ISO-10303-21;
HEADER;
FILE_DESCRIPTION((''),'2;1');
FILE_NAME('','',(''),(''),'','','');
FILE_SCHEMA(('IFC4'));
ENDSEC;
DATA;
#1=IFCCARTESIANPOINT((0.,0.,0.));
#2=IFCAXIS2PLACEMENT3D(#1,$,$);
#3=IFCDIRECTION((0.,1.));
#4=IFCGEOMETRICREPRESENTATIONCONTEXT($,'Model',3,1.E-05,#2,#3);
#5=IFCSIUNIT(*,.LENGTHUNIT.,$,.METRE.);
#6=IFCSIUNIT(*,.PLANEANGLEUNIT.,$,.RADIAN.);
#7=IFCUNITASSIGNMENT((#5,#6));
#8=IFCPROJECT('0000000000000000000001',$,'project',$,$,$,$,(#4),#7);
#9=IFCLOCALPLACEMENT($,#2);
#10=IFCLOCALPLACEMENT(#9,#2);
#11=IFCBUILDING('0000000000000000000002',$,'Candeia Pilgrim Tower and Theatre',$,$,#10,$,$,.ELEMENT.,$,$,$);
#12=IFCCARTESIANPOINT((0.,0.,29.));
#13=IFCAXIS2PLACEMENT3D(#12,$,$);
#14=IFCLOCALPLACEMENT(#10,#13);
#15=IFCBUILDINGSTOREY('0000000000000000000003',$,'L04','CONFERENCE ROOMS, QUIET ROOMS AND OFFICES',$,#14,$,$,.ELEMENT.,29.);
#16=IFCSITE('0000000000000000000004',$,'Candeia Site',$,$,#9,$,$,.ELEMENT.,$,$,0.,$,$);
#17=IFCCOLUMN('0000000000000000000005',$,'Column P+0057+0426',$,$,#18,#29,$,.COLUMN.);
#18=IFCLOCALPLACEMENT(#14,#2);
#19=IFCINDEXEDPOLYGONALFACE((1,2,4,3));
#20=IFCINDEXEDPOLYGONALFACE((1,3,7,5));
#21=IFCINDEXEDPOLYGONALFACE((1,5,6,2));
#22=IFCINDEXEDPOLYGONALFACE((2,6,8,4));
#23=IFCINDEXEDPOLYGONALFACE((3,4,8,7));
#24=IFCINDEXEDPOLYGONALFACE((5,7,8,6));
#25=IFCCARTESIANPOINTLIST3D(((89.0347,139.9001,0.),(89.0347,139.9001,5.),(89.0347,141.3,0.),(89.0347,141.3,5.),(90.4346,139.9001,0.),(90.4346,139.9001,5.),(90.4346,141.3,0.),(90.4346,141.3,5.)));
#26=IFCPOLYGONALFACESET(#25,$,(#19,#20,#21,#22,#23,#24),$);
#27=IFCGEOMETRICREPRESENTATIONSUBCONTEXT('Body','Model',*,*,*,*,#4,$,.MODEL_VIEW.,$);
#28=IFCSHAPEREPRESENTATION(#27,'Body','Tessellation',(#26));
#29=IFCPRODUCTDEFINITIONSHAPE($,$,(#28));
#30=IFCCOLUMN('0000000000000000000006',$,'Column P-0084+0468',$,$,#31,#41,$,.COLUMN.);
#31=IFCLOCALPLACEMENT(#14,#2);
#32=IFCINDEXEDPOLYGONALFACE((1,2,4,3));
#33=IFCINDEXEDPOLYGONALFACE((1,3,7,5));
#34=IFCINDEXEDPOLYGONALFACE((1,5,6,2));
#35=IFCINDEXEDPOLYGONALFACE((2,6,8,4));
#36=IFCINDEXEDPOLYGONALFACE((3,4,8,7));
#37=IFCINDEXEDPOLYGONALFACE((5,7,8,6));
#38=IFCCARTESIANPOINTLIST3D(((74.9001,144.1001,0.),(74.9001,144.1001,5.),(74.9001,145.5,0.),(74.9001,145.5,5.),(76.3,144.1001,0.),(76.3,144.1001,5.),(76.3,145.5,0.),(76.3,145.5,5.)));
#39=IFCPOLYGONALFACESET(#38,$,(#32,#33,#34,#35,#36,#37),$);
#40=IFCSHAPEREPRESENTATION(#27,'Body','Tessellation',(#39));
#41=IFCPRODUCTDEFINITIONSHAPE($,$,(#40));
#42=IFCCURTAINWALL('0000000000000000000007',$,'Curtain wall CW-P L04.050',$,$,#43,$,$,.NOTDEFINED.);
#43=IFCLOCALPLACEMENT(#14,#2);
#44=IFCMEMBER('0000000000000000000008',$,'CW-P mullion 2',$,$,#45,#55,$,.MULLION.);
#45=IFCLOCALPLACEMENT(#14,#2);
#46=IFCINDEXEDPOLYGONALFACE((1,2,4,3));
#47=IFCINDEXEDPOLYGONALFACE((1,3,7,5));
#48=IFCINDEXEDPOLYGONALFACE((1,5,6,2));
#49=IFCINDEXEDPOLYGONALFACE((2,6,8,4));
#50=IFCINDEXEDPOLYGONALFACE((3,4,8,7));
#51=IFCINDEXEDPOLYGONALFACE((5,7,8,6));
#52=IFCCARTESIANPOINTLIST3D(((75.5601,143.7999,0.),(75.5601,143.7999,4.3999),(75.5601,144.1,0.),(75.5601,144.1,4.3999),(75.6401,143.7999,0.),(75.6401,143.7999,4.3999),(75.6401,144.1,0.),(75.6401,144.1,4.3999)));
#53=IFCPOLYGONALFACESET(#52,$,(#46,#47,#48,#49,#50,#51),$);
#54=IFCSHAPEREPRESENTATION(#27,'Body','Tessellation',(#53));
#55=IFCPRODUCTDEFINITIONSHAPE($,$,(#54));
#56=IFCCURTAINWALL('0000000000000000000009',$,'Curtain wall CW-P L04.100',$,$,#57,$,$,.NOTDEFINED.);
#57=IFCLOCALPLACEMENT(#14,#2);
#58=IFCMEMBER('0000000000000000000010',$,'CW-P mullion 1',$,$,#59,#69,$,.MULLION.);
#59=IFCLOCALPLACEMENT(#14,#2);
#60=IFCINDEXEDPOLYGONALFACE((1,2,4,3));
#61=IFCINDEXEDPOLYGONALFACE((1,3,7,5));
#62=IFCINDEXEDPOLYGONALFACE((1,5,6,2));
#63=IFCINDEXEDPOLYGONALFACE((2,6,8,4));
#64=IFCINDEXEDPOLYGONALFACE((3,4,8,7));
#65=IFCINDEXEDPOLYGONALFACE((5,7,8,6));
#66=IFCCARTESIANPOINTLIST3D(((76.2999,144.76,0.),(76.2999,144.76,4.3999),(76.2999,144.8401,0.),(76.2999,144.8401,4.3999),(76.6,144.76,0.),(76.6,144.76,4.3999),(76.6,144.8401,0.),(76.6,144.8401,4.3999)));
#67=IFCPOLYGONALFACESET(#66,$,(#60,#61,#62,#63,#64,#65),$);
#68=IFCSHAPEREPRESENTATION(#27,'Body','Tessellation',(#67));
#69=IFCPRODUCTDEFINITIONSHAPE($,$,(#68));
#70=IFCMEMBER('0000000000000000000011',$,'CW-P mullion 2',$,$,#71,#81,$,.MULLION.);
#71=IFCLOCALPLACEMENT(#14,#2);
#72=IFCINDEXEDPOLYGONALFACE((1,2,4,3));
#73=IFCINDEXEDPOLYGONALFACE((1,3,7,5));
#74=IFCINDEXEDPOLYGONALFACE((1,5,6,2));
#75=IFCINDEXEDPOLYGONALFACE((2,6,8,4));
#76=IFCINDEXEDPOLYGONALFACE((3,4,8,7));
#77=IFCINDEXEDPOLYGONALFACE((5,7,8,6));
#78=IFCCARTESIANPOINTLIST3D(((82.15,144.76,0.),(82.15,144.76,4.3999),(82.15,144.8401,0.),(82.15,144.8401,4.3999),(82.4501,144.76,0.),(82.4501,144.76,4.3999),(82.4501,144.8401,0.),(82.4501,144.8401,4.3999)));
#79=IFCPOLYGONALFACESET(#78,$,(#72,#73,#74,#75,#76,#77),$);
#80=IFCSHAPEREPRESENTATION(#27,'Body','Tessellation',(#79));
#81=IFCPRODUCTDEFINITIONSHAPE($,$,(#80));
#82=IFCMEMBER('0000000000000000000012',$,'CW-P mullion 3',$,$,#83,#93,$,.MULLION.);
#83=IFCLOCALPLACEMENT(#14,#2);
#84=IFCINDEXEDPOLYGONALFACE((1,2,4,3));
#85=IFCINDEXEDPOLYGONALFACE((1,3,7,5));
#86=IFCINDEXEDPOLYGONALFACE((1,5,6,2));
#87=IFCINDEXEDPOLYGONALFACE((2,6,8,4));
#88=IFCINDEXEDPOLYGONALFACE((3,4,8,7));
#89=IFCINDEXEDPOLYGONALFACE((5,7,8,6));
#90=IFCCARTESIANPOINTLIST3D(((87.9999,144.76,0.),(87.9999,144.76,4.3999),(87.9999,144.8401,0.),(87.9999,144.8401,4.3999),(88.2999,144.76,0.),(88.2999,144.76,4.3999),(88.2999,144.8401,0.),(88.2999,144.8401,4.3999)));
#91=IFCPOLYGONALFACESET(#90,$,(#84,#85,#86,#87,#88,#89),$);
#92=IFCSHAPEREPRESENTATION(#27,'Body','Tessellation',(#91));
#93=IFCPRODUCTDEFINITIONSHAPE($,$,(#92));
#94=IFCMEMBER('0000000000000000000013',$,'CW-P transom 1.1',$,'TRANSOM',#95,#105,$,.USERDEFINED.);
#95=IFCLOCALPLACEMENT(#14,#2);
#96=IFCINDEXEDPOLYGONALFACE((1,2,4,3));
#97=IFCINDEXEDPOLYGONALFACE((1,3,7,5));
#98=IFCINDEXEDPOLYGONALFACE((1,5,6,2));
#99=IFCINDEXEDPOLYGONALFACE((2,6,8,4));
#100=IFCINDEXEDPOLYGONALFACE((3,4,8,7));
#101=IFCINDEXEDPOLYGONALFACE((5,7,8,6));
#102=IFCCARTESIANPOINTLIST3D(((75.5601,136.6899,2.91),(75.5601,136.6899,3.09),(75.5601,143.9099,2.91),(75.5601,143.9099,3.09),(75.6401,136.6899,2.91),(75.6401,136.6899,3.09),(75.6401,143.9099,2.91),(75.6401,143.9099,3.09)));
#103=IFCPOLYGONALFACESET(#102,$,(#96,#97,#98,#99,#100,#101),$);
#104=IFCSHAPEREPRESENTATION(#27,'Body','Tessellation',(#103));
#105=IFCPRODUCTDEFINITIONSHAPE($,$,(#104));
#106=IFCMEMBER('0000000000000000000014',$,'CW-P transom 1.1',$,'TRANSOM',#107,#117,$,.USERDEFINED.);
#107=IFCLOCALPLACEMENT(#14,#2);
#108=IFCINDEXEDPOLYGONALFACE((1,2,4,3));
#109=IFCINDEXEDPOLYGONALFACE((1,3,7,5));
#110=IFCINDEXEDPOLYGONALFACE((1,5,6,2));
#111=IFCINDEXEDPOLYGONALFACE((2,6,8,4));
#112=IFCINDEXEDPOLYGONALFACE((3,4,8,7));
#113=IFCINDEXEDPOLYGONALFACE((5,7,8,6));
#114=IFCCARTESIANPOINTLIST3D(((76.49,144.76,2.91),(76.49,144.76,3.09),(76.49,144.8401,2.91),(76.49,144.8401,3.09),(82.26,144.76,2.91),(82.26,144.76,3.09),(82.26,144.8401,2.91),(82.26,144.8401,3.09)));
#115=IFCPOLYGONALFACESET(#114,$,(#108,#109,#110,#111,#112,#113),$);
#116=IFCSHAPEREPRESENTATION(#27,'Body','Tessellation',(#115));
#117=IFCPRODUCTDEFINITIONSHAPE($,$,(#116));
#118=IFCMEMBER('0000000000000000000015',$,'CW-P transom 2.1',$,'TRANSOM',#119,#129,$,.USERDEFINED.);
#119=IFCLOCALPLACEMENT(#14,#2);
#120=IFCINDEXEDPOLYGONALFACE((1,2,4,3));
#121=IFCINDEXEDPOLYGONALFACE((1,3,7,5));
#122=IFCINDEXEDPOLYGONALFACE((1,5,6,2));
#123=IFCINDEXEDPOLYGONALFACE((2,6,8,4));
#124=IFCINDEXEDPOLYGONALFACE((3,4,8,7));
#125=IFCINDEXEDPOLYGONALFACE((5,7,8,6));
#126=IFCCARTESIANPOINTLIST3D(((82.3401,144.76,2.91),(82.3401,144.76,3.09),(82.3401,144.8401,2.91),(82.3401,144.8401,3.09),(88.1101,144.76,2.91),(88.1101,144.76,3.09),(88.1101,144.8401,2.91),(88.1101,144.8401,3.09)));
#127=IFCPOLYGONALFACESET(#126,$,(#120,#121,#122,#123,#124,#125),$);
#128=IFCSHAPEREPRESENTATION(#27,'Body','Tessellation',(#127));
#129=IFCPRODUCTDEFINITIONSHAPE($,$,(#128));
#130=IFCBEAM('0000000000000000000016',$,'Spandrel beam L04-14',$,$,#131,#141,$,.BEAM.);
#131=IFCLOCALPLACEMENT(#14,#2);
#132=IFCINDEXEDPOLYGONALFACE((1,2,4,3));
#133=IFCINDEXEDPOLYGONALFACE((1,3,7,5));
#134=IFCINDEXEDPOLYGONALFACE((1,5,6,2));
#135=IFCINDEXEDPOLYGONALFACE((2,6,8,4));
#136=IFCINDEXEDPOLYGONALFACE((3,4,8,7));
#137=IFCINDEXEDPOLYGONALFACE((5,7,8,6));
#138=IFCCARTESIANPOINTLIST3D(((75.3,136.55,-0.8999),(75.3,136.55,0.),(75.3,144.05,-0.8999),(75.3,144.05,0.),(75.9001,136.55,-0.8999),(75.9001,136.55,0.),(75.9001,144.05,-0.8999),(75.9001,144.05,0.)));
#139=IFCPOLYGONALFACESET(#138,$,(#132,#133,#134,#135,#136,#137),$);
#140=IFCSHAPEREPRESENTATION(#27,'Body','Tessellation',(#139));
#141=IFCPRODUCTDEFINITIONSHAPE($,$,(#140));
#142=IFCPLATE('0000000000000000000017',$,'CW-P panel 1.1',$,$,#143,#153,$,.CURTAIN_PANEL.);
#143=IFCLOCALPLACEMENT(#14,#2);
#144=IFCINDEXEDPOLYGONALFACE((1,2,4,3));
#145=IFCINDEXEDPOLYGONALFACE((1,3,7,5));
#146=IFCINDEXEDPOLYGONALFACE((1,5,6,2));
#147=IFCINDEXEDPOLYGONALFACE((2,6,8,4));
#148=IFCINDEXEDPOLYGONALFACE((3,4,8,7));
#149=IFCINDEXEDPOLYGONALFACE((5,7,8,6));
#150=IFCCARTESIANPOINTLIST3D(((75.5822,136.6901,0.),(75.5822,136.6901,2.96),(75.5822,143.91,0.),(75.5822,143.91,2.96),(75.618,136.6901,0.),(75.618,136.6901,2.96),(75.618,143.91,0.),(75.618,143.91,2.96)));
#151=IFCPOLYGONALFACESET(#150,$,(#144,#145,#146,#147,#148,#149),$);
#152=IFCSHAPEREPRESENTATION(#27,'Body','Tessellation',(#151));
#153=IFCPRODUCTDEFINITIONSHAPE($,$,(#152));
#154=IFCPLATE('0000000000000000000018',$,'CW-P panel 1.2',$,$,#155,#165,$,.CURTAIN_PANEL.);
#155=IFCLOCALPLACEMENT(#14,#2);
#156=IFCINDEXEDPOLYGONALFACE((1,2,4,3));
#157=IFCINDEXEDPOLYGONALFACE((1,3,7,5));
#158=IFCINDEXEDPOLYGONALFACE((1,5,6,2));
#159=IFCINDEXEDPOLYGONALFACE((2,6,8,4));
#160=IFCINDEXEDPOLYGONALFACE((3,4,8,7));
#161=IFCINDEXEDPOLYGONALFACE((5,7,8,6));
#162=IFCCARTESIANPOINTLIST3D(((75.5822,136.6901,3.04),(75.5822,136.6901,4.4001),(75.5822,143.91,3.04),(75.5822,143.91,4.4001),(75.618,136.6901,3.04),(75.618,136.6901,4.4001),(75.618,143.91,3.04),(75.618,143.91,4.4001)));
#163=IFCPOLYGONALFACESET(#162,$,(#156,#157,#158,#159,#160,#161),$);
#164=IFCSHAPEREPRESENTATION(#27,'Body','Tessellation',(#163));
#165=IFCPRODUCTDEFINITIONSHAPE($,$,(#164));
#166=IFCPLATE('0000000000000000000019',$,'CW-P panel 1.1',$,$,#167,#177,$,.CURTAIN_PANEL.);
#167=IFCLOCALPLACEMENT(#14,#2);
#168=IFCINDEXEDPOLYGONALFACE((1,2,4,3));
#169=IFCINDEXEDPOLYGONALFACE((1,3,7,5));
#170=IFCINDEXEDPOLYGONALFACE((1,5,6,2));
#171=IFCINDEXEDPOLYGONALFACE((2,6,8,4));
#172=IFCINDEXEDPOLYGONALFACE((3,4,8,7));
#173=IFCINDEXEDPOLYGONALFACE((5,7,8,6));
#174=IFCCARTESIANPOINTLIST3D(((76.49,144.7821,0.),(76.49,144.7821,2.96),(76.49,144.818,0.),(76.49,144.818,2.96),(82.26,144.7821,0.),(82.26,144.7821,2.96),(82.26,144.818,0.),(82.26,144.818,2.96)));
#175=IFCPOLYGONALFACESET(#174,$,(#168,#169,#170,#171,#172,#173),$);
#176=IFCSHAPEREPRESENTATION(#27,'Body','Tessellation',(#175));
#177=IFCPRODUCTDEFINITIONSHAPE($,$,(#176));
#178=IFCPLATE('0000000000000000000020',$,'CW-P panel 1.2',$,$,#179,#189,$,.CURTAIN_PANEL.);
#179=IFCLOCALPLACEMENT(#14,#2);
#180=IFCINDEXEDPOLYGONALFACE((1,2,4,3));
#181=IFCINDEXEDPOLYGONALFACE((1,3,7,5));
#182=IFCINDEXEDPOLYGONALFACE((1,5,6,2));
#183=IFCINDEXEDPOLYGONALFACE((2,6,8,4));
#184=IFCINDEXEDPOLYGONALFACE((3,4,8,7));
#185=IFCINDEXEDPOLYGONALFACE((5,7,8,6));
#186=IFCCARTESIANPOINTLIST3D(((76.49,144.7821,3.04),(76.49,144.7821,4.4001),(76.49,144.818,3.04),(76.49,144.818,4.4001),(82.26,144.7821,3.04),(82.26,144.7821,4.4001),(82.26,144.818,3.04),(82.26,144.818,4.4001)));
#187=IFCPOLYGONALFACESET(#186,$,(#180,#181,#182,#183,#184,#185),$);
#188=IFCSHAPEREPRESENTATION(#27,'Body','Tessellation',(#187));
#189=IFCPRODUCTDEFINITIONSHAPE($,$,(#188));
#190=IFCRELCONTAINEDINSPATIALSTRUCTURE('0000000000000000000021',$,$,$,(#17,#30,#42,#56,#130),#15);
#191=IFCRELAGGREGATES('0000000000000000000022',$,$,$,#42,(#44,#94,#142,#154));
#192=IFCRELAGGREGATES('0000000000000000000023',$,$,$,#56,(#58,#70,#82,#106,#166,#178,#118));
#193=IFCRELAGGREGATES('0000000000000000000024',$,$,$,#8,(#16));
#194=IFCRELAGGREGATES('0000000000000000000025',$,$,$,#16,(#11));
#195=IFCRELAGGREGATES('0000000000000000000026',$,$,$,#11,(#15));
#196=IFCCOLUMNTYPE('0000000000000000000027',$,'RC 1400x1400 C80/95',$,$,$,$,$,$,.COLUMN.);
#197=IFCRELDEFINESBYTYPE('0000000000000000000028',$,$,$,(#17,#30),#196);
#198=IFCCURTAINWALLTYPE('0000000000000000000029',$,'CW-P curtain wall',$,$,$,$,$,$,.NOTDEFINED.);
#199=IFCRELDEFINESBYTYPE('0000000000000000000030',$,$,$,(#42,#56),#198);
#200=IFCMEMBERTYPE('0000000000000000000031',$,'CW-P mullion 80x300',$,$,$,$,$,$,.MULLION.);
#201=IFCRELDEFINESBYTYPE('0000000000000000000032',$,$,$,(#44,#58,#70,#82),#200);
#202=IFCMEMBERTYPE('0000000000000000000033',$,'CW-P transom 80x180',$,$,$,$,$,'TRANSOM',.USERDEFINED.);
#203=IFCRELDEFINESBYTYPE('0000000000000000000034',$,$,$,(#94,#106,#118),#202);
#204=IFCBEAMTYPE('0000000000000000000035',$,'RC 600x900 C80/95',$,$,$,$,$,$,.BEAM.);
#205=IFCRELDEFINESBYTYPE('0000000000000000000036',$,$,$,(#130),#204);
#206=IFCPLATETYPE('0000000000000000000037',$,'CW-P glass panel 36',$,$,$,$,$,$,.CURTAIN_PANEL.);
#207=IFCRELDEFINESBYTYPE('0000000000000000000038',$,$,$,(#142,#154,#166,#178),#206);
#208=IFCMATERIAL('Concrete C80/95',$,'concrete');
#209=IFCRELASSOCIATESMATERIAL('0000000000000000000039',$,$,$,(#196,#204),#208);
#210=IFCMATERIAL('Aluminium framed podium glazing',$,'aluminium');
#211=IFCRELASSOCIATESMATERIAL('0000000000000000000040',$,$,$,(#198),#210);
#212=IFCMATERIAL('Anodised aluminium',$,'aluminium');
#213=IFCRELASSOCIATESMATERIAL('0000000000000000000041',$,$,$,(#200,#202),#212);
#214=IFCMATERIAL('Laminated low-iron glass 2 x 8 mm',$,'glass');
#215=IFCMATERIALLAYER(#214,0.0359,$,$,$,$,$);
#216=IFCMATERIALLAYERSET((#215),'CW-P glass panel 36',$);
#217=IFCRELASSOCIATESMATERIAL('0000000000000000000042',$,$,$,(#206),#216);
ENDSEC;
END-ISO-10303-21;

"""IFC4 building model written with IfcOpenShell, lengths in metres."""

from ifc_helpers import new_model, si_unit, direction, frame, origin, origin_2d, place, context, subcontext, project, spatial, rectangle, extrude, material, layer, layer_set, material_profile, profile_set, type_object, element, aggregate, save


model = new_model("IFC4")

# Units and contexts
model_context = context("Model", 3, precision=1e-05, world=origin(), true_north=direction((0.0, 1.0)))
body_context = subcontext(model_context, "Body", "Model", "MODEL_VIEW")
ifc_project = project(units=[si_unit("LENGTHUNIT", "METRE"), si_unit("PLANEANGLEUNIT", "RADIAN")], contexts=[model_context])

# Site, building, storey
site_placement = place(None, origin())
site = spatial("IfcSite", under=ifc_project, at=site_placement, Name="Candeia Site", CompositionType="ELEMENT", RefElevation=0.0)
building_placement = place(site_placement, origin())
building = spatial("IfcBuilding", under=site, at=building_placement, Name="Candeia Pilgrim Tower and Theatre", CompositionType="ELEMENT")
storey_placement = place(building_placement, frame((0.0, 0.0, 29.0)))
storey = spatial("IfcBuildingStorey", under=building, at=storey_placement, Name="L04", Description="CONFERENCE ROOMS, QUIET ROOMS AND OFFICES", CompositionType="ELEMENT", Elevation=29.0)

# Columns
ifc_material_1 = material(Name="Concrete C80/95", Category="concrete")
ifc_material_profile_1 = material_profile(ifc_material_1, rectangle(XDim=1.3999, YDim=1.3999, at=origin_2d()))
ifc_profile_set_1 = profile_set([ifc_material_profile_1], Name="Concrete C80/95")
column_type = type_object("IfcColumnType", Name="RC 1400x1400 C80/95", PredefinedType="COLUMN", material=ifc_profile_set_1)
for number, where, z_axis, x_axis, name in (
    (1, (89.7346, 140.6001, 0.0), (0.0, 0.0, 1.0), (1.0, 0.0, 0.0), "Column P+0057+0426"),
    (2, (75.6001, 144.8, 0.0), (0.0, 0.0, 1.0), (1.0, 0.0, 0.0), "Column P-0084+0468"),
):
    element("IfcColumn", number, at=place(storey_placement, frame(where, z_axis=z_axis, x_axis=x_axis)), inside=storey, type_object=column_type, Name=name, PredefinedType="COLUMN", context=body_context, shape_type="SweptSolid", body=[
        extrude(rectangle(XDim=1.3999, YDim=1.3999, at=origin_2d()), origin(), (0.0, 0.0, 1.0), 5.0),
    ])

# Curtain wall, member
ifc_material_2 = material(Name="Aluminium framed podium glazing", Category="aluminium")
curtain_wall_type = type_object("IfcCurtainWallType", Name="CW-P curtain wall", PredefinedType="NOTDEFINED", material=ifc_material_2)
curtain_wall_1_placement = place(storey_placement, origin())
curtain_wall_1 = element("IfcCurtainWall", 3, at=curtain_wall_1_placement, inside=storey, type_object=curtain_wall_type, Name="Curtain wall CW-P L04.050", PredefinedType="NOTDEFINED")
ifc_material_3 = material(Name="Anodised aluminium", Category="aluminium")
ifc_material_profile_2 = material_profile(ifc_material_3, rectangle(XDim=0.0801, YDim=0.3, at=origin_2d()))
ifc_profile_set_2 = profile_set([ifc_material_profile_2], Name="Anodised aluminium")
member_type_1 = type_object("IfcMemberType", Name="CW-P mullion 80x300", PredefinedType="MULLION", material=ifc_profile_set_2)
member_1_placement = place(storey_placement, frame((75.6001, 143.95, 0.0), z_axis=(0.0, 0.0, 1.0), x_axis=(-1.0, 0.0, 0.0)))
member_1 = element("IfcMember", 4, at=member_1_placement, type_object=member_type_1, Name="CW-P mullion 2", PredefinedType="MULLION", context=body_context, shape_type="SweptSolid", body=[
    extrude(rectangle(XDim=0.0801, YDim=0.3, at=origin_2d()), origin(), (0.0, 0.0, 1.0), 4.3999),
])

# Curtain wall, members
curtain_wall_2_placement = place(storey_placement, origin())
curtain_wall_2 = element("IfcCurtainWall", 5, at=curtain_wall_2_placement, inside=storey, type_object=curtain_wall_type, Name="Curtain wall CW-P L04.100", PredefinedType="NOTDEFINED")
member_2_placement = place(storey_placement, frame((76.45, 144.8, 0.0), z_axis=(0.0, 0.0, 1.0), x_axis=(0.0, 1.0, 0.0)))
member_2 = element("IfcMember", 6, at=member_2_placement, type_object=member_type_1, Name="CW-P mullion 1", PredefinedType="MULLION", context=body_context, shape_type="SweptSolid", body=[
    extrude(rectangle(XDim=0.0801, YDim=0.3, at=origin_2d()), origin(), (0.0, 0.0, 1.0), 4.3999),
])
member_3_placement = place(storey_placement, frame((82.3, 144.8, 0.0), z_axis=(0.0, 0.0, 1.0), x_axis=(0.0, 1.0, 0.0)))
member_3 = element("IfcMember", 7, at=member_3_placement, type_object=member_type_1, Name="CW-P mullion 2", PredefinedType="MULLION", context=body_context, shape_type="SweptSolid", body=[
    extrude(rectangle(XDim=0.0801, YDim=0.3, at=origin_2d()), origin(), (0.0, 0.0, 1.0), 4.3999),
])
member_4_placement = place(storey_placement, frame((88.1499, 144.8, 0.0), z_axis=(0.0, 0.0, 1.0), x_axis=(0.0, 1.0, 0.0)))
member_4 = element("IfcMember", 8, at=member_4_placement, type_object=member_type_1, Name="CW-P mullion 3", PredefinedType="MULLION", context=body_context, shape_type="SweptSolid", body=[
    extrude(rectangle(XDim=0.0801, YDim=0.3, at=origin_2d()), origin(), (0.0, 0.0, 1.0), 4.3999),
])

# Members
ifc_material_profile_3 = material_profile(ifc_material_3, rectangle(XDim=0.0801, YDim=0.1799, at=origin_2d()))
ifc_profile_set_3 = profile_set([ifc_material_profile_3], Name="Anodised aluminium")
member_type_2 = type_object("IfcMemberType", Name="CW-P transom 80x180", ElementType="TRANSOM", PredefinedType="USERDEFINED", material=ifc_profile_set_3)
member_5_placement = place(storey_placement, frame((75.6001, 136.6899, 3.0), z_axis=(0.0, 1.0, 0.0), x_axis=(-1.0, 0.0, 0.0)))
member_5 = element("IfcMember", 9, at=member_5_placement, type_object=member_type_2, Name="CW-P transom 1.1", ObjectType="TRANSOM", PredefinedType="USERDEFINED", context=body_context, shape_type="SweptSolid", body=[
    extrude(rectangle(XDim=0.0801, YDim=0.1799, at=origin_2d()), origin(), (0.0, 0.0, 1.0), 7.22),
])
member_6_placement = place(storey_placement, frame((76.49, 144.8, 3.0), z_axis=(1.0, 0.0, 0.0), x_axis=(0.0, 1.0, 0.0)))
member_6 = element("IfcMember", 10, at=member_6_placement, type_object=member_type_2, Name="CW-P transom 1.1", ObjectType="TRANSOM", PredefinedType="USERDEFINED", context=body_context, shape_type="SweptSolid", body=[
    extrude(rectangle(XDim=0.0801, YDim=0.1799, at=origin_2d()), origin(), (0.0, 0.0, 1.0), 5.77),
])
member_7_placement = place(storey_placement, frame((82.3401, 144.8, 3.0), z_axis=(1.0, 0.0, 0.0), x_axis=(0.0, 1.0, 0.0)))
member_7 = element("IfcMember", 11, at=member_7_placement, type_object=member_type_2, Name="CW-P transom 2.1", ObjectType="TRANSOM", PredefinedType="USERDEFINED", context=body_context, shape_type="SweptSolid", body=[
    extrude(rectangle(XDim=0.0801, YDim=0.1799, at=origin_2d()), origin(), (0.0, 0.0, 1.0), 5.77),
])

# Beam
ifc_material_profile_4 = material_profile(ifc_material_1, rectangle(XDim=0.6001, YDim=0.8999, at=origin_2d()))
ifc_profile_set_4 = profile_set([ifc_material_profile_4], Name="Concrete C80/95")
beam_type = type_object("IfcBeamType", Name="RC 600x900 C80/95", PredefinedType="BEAM", material=ifc_profile_set_4)
beam_placement = place(storey_placement, frame((75.6001, 144.05, -0.45), z_axis=(0.0, -1.0, 0.0), x_axis=(1.0, 0.0, 0.0)))
element("IfcBeam", 12, at=beam_placement, inside=storey, type_object=beam_type, Name="Spandrel beam L04-14", PredefinedType="BEAM", context=body_context, shape_type="SweptSolid", body=[
    extrude(rectangle(XDim=0.6001, YDim=0.8999, at=origin_2d()), origin(), (0.0, 0.0, 1.0), 7.5),
])

# Plates
ifc_material_4 = material(Name="Laminated low-iron glass 2 x 8 mm", Category="glass")
ifc_layer_1 = layer(ifc_material_4, 0.0359)
ifc_layer_set_1 = layer_set([ifc_layer_1], Name="CW-P glass panel 36")
plate_type = type_object("IfcPlateType", Name="CW-P glass panel 36", PredefinedType="CURTAIN_PANEL", material=ifc_layer_set_1)
plate_1_placement = place(storey_placement, frame((75.6001, 140.3, 0.0), z_axis=(0.0, 0.0, 1.0), x_axis=(0.0, 1.0, 0.0)))
plate_1 = element("IfcPlate", 13, at=plate_1_placement, type_object=plate_type, Name="CW-P panel 1.1", PredefinedType="CURTAIN_PANEL", context=body_context, shape_type="SweptSolid", body=[
    extrude(rectangle(XDim=7.22, YDim=0.0359, at=origin_2d()), origin(), (0.0, 0.0, 1.0), 2.96),
])
plate_2_placement = place(storey_placement, frame((75.6001, 140.3, 3.04), z_axis=(0.0, 0.0, 1.0), x_axis=(0.0, 1.0, 0.0)))
plate_2 = element("IfcPlate", 14, at=plate_2_placement, type_object=plate_type, Name="CW-P panel 1.2", PredefinedType="CURTAIN_PANEL", context=body_context, shape_type="SweptSolid", body=[
    extrude(rectangle(XDim=7.22, YDim=0.0359, at=origin_2d()), origin(), (0.0, 0.0, 1.0), 1.3601),
])
aggregate(curtain_wall_1, [member_1, member_5, plate_1, plate_2])
plate_3_placement = place(storey_placement, frame((79.375, 144.8, 0.0), z_axis=(0.0, 0.0, 1.0), x_axis=(1.0, 0.0, 0.0)))
plate_3 = element("IfcPlate", 15, at=plate_3_placement, type_object=plate_type, Name="CW-P panel 1.1", PredefinedType="CURTAIN_PANEL", context=body_context, shape_type="SweptSolid", body=[
    extrude(rectangle(XDim=5.77, YDim=0.0359, at=origin_2d()), origin(), (0.0, 0.0, 1.0), 2.96),
])
plate_4_placement = place(storey_placement, frame((79.375, 144.8, 3.04), z_axis=(0.0, 0.0, 1.0), x_axis=(1.0, 0.0, 0.0)))
plate_4 = element("IfcPlate", 16, at=plate_4_placement, type_object=plate_type, Name="CW-P panel 1.2", PredefinedType="CURTAIN_PANEL", context=body_context, shape_type="SweptSolid", body=[
    extrude(rectangle(XDim=5.77, YDim=0.0359, at=origin_2d()), origin(), (0.0, 0.0, 1.0), 1.3601),
])
aggregate(curtain_wall_2, [member_2, member_3, member_4, member_6, plate_3, plate_4, member_7])

save(model, "model.ifc")
